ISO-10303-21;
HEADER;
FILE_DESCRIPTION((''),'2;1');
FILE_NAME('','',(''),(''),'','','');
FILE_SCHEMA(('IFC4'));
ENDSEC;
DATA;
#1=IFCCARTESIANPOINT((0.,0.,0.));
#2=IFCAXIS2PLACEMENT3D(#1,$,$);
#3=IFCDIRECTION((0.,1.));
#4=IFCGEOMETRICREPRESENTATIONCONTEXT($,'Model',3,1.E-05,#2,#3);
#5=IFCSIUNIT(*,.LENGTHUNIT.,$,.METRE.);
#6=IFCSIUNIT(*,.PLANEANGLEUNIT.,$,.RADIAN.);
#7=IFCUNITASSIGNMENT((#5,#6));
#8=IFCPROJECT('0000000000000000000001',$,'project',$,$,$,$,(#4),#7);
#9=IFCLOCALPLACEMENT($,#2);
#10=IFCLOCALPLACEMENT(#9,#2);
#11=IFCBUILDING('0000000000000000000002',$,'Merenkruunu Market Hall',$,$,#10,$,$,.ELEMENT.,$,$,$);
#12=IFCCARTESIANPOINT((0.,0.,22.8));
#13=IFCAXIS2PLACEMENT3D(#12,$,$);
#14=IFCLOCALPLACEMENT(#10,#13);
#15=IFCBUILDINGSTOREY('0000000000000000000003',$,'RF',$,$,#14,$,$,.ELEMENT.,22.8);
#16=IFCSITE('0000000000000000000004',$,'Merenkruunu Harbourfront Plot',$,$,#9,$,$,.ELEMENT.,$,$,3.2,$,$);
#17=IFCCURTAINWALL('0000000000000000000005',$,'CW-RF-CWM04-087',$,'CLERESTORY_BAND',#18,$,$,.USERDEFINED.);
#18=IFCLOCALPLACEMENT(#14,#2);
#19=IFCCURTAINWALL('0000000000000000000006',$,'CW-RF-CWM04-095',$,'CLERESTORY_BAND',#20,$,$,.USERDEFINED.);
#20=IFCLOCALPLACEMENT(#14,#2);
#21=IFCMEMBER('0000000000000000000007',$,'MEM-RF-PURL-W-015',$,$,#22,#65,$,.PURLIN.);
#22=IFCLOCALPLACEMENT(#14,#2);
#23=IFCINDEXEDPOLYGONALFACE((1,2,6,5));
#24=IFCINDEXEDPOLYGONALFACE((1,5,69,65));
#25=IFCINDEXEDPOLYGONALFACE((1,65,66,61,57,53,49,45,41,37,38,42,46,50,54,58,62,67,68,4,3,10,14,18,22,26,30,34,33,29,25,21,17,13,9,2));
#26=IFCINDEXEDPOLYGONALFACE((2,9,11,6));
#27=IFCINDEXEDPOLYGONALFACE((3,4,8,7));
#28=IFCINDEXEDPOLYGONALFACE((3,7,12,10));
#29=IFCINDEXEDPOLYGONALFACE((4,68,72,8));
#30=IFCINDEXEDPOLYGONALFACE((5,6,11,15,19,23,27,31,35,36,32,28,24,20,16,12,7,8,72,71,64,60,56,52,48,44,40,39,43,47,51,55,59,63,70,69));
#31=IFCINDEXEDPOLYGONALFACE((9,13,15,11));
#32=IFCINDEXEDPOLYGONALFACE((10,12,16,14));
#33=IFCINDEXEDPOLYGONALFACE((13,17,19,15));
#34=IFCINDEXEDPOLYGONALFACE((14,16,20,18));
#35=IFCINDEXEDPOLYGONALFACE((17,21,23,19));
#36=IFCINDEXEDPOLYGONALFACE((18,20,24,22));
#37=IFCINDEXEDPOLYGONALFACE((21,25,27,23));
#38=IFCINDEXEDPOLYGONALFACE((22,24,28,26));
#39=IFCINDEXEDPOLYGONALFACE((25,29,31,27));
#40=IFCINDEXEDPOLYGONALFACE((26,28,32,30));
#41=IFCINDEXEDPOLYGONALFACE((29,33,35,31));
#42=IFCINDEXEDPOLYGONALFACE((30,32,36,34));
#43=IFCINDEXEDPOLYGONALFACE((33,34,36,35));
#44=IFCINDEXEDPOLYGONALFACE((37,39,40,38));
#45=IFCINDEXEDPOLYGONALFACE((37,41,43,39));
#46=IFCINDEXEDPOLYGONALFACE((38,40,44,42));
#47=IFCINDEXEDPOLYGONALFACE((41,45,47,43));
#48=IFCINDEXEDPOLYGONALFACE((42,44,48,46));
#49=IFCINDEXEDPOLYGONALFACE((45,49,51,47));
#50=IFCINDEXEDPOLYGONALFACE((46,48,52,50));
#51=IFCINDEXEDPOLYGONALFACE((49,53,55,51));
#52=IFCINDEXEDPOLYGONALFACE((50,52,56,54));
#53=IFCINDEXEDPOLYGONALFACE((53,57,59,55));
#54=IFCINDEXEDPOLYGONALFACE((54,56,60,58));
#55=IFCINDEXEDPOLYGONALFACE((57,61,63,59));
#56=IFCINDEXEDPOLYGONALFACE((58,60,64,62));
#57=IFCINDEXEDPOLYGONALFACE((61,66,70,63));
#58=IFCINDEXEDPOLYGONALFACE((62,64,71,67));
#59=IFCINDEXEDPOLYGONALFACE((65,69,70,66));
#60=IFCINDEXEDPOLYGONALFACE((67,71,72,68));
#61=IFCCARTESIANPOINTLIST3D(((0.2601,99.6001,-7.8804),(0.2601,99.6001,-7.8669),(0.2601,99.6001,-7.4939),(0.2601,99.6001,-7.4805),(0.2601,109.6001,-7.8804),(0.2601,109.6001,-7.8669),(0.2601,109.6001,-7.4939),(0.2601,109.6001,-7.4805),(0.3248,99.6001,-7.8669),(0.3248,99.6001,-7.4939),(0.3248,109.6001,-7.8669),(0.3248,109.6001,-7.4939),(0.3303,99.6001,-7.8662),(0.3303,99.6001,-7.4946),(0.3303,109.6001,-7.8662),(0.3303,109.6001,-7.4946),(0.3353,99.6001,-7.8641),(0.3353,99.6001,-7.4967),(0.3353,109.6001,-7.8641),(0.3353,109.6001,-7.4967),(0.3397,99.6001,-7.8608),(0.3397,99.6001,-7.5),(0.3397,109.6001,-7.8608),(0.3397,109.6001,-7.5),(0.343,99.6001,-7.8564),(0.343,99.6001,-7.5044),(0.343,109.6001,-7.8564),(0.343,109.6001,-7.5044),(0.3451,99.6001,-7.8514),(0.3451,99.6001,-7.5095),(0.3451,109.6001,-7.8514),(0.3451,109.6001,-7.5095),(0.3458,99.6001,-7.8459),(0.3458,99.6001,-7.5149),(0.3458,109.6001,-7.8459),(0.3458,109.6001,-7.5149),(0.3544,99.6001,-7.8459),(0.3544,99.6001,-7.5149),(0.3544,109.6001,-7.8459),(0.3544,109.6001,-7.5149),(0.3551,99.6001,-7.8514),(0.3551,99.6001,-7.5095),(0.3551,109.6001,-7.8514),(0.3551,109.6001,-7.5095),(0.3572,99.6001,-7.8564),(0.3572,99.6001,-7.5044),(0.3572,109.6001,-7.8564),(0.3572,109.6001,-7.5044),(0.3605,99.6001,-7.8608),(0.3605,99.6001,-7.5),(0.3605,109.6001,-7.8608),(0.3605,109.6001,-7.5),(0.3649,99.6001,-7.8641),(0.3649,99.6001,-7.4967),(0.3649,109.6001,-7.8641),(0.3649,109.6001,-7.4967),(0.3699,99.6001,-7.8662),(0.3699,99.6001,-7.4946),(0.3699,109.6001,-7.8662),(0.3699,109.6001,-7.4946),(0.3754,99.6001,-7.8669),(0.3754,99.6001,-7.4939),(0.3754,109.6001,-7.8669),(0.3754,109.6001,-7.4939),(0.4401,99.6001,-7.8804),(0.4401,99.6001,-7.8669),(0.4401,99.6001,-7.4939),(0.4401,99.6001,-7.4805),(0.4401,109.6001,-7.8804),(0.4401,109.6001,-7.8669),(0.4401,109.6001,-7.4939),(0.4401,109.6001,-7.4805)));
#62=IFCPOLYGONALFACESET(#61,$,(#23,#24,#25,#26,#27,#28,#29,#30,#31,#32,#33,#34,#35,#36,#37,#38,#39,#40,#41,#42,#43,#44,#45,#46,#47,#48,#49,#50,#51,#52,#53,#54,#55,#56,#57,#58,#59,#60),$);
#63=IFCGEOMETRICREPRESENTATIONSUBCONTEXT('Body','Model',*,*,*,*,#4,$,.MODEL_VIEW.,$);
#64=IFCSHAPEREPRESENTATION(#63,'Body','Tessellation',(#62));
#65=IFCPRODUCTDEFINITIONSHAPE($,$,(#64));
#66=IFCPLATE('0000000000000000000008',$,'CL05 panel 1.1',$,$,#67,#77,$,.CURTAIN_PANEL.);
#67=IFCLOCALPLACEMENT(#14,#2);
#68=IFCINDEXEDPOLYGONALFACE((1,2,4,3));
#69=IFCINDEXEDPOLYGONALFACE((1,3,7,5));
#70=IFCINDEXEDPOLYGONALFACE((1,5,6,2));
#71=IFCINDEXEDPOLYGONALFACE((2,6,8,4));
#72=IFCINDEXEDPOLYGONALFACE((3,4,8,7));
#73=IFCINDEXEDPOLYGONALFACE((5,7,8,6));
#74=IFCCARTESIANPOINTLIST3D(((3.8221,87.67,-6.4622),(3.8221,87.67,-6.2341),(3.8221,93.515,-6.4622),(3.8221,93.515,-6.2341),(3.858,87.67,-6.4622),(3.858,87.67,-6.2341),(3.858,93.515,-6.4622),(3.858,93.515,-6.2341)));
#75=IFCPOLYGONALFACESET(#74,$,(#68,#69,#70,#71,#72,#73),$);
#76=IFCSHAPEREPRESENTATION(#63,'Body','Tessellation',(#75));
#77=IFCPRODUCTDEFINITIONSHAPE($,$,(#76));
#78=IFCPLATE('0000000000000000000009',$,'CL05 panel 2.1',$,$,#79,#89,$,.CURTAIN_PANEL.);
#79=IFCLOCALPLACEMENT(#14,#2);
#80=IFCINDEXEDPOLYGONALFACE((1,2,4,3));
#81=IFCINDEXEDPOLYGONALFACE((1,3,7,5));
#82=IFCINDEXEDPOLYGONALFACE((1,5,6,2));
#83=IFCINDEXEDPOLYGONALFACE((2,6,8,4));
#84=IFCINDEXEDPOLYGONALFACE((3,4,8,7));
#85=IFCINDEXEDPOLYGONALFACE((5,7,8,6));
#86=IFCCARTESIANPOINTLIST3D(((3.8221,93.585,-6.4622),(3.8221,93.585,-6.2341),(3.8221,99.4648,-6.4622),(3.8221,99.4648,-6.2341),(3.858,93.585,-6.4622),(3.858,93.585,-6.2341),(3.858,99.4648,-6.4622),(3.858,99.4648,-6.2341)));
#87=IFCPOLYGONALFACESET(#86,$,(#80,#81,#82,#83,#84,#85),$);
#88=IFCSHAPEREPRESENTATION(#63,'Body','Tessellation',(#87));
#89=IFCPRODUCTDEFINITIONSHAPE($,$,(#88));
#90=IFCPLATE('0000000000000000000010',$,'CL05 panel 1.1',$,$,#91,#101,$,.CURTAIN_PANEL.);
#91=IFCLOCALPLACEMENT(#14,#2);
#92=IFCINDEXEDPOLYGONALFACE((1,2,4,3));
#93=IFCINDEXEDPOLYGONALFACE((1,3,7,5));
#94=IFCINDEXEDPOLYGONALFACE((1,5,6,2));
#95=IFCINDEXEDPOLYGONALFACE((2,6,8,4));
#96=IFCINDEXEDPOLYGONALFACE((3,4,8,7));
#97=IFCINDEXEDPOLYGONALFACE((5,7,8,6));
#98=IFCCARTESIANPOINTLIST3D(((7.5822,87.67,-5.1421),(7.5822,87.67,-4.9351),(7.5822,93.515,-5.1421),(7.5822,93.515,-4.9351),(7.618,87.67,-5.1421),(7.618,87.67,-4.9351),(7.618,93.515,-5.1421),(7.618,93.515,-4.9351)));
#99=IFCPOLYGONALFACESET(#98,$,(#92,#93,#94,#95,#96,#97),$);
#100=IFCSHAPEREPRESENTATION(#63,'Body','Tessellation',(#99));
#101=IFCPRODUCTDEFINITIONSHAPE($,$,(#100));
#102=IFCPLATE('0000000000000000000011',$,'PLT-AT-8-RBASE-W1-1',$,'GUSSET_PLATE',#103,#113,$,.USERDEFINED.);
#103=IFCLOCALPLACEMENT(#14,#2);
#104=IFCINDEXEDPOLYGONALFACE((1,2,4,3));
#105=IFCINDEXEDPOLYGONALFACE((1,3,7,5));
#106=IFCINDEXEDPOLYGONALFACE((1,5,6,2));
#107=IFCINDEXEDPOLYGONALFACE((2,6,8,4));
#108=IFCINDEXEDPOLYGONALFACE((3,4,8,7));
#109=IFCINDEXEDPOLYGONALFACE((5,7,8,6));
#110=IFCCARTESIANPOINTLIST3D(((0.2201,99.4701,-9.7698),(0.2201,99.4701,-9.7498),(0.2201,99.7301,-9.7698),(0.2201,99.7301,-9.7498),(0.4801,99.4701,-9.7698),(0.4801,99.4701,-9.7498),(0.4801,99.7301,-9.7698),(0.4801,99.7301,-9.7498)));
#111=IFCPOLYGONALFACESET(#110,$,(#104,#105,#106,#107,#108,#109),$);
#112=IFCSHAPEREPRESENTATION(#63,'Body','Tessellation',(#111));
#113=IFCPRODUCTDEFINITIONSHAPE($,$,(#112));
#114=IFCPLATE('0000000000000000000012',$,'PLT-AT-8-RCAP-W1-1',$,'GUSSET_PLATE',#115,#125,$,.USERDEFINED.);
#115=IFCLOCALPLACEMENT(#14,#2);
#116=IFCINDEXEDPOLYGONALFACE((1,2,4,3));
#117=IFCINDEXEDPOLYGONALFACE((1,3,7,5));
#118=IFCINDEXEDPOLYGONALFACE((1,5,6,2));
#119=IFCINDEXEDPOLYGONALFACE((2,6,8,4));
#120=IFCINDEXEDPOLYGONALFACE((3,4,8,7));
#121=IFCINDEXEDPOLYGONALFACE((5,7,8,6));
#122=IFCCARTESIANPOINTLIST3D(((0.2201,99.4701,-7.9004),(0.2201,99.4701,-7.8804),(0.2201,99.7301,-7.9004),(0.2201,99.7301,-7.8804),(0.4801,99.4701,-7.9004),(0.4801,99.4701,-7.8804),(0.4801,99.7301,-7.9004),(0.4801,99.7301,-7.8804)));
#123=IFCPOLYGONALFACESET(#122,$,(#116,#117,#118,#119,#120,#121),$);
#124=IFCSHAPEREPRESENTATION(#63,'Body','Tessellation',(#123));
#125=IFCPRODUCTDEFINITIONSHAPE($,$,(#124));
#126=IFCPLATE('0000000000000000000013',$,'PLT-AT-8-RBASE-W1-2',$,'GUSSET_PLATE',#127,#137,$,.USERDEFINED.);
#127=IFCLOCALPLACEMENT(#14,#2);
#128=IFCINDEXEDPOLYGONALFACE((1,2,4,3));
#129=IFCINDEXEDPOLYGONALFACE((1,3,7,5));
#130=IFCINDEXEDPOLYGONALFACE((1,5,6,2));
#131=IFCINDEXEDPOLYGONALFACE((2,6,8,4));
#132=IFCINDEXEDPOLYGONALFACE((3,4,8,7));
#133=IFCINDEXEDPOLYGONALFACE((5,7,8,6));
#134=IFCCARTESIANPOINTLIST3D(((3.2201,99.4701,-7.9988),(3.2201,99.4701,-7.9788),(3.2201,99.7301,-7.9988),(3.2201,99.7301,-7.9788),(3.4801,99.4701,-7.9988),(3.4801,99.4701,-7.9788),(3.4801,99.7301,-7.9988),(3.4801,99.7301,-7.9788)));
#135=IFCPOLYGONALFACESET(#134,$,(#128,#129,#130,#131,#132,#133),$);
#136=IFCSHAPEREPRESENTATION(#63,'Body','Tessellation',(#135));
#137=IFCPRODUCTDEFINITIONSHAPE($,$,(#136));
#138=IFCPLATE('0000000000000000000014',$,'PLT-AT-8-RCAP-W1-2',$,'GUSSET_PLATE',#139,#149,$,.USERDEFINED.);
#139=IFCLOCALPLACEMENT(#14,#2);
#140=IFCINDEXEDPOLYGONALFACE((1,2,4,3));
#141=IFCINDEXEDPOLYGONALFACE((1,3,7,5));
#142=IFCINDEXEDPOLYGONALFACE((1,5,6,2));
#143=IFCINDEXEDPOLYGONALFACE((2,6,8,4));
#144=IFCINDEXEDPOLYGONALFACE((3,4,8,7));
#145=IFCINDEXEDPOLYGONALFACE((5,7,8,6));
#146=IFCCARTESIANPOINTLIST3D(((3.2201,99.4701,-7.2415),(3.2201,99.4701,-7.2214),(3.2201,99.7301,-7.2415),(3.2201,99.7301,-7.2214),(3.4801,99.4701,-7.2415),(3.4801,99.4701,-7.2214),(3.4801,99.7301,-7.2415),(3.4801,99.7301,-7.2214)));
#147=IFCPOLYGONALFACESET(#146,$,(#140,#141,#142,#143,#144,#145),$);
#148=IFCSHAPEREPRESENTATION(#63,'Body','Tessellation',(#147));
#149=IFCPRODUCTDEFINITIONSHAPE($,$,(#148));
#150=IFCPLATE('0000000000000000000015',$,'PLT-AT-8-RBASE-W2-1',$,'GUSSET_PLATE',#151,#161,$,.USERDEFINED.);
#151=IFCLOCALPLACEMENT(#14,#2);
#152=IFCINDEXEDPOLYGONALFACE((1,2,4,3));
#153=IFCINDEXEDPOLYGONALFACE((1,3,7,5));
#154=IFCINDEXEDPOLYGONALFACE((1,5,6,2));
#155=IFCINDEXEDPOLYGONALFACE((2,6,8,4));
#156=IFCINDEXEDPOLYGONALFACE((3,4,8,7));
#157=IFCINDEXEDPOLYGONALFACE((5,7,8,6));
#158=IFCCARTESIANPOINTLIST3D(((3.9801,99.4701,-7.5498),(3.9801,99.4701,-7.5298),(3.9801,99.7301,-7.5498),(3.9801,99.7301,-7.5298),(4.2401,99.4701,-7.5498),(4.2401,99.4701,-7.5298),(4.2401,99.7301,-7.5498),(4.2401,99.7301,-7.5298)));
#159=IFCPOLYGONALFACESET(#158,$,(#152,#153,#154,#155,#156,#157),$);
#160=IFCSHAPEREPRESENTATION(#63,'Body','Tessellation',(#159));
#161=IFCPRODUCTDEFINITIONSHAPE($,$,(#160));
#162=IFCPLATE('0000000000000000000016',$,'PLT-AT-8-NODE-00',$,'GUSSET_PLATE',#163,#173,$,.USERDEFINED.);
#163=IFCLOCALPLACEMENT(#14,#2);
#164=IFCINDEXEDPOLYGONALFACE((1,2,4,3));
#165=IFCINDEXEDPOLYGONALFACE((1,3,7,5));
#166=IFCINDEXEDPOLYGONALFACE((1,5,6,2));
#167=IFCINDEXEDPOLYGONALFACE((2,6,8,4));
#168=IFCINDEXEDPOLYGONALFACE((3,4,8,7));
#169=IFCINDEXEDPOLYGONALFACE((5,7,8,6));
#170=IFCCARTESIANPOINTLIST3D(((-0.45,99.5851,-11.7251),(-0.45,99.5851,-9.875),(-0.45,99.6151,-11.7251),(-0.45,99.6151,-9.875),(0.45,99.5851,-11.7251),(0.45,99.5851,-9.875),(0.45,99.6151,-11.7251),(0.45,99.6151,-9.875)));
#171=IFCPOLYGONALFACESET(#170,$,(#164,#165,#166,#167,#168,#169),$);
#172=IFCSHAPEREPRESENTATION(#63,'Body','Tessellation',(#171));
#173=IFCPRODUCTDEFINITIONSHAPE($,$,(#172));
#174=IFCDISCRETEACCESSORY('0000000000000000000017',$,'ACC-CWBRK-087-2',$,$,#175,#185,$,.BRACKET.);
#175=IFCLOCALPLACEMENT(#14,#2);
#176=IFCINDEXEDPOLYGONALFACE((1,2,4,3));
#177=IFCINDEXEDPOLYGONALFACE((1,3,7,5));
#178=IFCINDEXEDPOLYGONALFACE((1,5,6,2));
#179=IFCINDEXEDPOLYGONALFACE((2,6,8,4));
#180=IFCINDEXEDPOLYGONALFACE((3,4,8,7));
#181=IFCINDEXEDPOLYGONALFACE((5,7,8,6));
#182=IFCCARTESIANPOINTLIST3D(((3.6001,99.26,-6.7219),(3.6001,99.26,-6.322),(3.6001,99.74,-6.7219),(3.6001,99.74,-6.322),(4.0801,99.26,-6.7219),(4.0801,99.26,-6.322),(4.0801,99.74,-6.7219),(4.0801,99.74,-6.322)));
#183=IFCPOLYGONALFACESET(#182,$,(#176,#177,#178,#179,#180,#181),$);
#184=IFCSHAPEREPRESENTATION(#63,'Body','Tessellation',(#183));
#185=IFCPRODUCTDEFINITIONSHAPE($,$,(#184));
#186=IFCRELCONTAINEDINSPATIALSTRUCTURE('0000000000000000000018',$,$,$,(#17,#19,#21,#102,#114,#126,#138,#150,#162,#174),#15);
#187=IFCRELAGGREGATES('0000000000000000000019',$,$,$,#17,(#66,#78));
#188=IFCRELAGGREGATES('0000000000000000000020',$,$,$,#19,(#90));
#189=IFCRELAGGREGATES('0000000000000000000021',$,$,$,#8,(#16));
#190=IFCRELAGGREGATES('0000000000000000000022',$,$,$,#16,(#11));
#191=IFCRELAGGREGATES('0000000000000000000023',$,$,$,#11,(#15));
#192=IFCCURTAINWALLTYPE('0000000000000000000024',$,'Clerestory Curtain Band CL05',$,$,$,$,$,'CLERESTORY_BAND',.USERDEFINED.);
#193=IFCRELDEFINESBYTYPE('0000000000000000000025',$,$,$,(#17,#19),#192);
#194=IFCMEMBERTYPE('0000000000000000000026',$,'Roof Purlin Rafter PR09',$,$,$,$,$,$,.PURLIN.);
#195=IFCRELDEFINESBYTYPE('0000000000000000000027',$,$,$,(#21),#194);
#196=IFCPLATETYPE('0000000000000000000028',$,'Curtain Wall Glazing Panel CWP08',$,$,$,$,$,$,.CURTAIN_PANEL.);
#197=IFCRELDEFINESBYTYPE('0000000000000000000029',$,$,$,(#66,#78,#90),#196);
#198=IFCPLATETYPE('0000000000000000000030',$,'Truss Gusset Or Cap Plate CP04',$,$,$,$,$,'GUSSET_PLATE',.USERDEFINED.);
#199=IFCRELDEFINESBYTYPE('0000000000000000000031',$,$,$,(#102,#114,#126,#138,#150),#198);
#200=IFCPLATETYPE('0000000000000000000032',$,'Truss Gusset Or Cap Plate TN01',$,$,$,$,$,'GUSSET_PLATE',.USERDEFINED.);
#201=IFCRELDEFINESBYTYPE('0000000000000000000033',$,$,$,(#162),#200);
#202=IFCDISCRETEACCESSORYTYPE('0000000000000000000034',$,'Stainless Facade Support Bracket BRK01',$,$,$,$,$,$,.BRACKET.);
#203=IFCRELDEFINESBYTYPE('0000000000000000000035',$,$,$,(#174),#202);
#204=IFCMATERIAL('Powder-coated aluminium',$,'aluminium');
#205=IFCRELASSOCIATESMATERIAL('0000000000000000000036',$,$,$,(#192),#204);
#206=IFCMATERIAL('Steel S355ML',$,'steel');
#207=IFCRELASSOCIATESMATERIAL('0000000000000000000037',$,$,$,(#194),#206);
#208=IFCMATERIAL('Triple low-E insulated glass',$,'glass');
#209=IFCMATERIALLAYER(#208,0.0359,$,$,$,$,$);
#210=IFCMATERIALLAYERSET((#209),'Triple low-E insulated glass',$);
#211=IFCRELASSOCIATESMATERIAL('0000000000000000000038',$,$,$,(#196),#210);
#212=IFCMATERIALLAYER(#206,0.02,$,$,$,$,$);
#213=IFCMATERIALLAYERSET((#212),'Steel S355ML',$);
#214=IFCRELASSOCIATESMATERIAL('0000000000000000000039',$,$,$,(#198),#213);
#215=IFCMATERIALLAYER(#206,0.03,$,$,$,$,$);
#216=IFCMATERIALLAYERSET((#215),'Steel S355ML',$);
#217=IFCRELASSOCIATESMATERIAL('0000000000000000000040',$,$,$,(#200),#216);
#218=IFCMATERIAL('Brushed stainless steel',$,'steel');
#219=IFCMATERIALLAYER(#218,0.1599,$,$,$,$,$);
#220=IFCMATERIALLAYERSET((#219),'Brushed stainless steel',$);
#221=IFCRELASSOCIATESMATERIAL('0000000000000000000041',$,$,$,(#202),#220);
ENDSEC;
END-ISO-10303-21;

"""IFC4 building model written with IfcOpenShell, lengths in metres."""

from ifc_helpers import new_model, si_unit, direction, frame, origin, origin_2d, place, context, subcontext, project, spatial, rectangle, i_section, extrude, material, layer, layer_set, material_profile, profile_set, type_object, element, aggregate, save


model = new_model("IFC4")

# Units and contexts
model_context = context("Model", 3, precision=1e-05, world=origin(), true_north=direction((0.0, 1.0)))
body_context = subcontext(model_context, "Body", "Model", "MODEL_VIEW")
ifc_project = project(units=[si_unit("LENGTHUNIT", "METRE"), si_unit("PLANEANGLEUNIT", "RADIAN")], contexts=[model_context])

# Site, building, storey
site_placement = place(None, origin())
site = spatial("IfcSite", under=ifc_project, at=site_placement, Name="Merenkruunu Harbourfront Plot", CompositionType="ELEMENT", RefElevation=3.2)
building_placement = place(site_placement, origin())
building = spatial("IfcBuilding", under=site, at=building_placement, Name="Merenkruunu Market Hall", CompositionType="ELEMENT")
storey_placement = place(building_placement, frame((0.0, 0.0, 22.8)))
storey = spatial("IfcBuildingStorey", under=building, at=storey_placement, Name="RF", CompositionType="ELEMENT", Elevation=22.8)

# Shared definitions
ifc_material_1 = material(Name="Steel S355ML", Category="steel")

# Curtain wall
ifc_material_2 = material(Name="Powder-coated aluminium", Category="aluminium")
curtain_wall_type = type_object("IfcCurtainWallType", Name="Clerestory Curtain Band CL05", ElementType="CLERESTORY_BAND", PredefinedType="USERDEFINED", material=ifc_material_2)
curtain_wall_1_placement = place(storey_placement, origin())
curtain_wall_1 = element("IfcCurtainWall", 1, at=curtain_wall_1_placement, inside=storey, type_object=curtain_wall_type, Name="CW-RF-CWM04-087", ObjectType="CLERESTORY_BAND", PredefinedType="USERDEFINED")

# Curtain wall
curtain_wall_2_placement = place(storey_placement, origin())
curtain_wall_2 = element("IfcCurtainWall", 2, at=curtain_wall_2_placement, inside=storey, type_object=curtain_wall_type, Name="CW-RF-CWM04-095", ObjectType="CLERESTORY_BAND", PredefinedType="USERDEFINED")

# Member
ifc_material_profile_1 = material_profile(ifc_material_1, i_section(OverallWidth=0.1799, OverallDepth=0.3999, WebThickness=0.0085, FlangeThickness=0.0134, FilletRadius=0.021, at=origin_2d()), Name="IPE 400")
ifc_profile_set_1 = profile_set([ifc_material_profile_1], Name="Steel S355ML")
member_type_1 = type_object("IfcMemberType", Name="Roof Purlin Rafter PR09", PredefinedType="PURLIN", material=ifc_profile_set_1)
member_1_placement = place(storey_placement, frame((0.3501, 99.6001, -7.6804), z_axis=(0.0, 1.0, 0.0), x_axis=(-1.0, 0.0, 0.0)))
element("IfcMember", 3, at=member_1_placement, inside=storey, type_object=member_type_1, Name="MEM-RF-PURL-W-015", PredefinedType="PURLIN", context=body_context, shape_type="SweptSolid", body=[
    extrude(i_section(OverallWidth=0.1799, OverallDepth=0.3999, WebThickness=0.0085, FlangeThickness=0.0134, FilletRadius=0.021, at=origin_2d()), origin(), (0.0, 0.0, 1.0), 10.0),
])

# Plates
ifc_material_3 = material(Name="Triple low-E insulated glass", Category="glass")
ifc_layer_1 = layer(ifc_material_3, 0.0359)
ifc_layer_set_1 = layer_set([ifc_layer_1], Name="Triple low-E insulated glass")
plate_type_1 = type_object("IfcPlateType", Name="Curtain Wall Glazing Panel CWP08", PredefinedType="CURTAIN_PANEL", material=ifc_layer_set_1)
plate_1_placement = place(storey_placement, frame((3.8401, 90.5925, -6.4622), z_axis=(0.0, 0.0, 1.0), x_axis=(0.0, 1.0, 0.0)))
plate_1 = element("IfcPlate", 4, at=plate_1_placement, type_object=plate_type_1, Name="CL05 panel 1.1", PredefinedType="CURTAIN_PANEL", context=body_context, shape_type="SweptSolid", body=[
    extrude(rectangle(XDim=5.845, YDim=0.0359, at=origin_2d()), origin(), (0.0, 0.0, 1.0), 0.228),
])
plate_2_placement = place(storey_placement, frame((3.8401, 96.5249, -6.4622), z_axis=(0.0, 0.0, 1.0), x_axis=(0.0, 1.0, 0.0)))
plate_2 = element("IfcPlate", 5, at=plate_2_placement, type_object=plate_type_1, Name="CL05 panel 2.1", PredefinedType="CURTAIN_PANEL", context=body_context, shape_type="SweptSolid", body=[
    extrude(rectangle(XDim=5.8799, YDim=0.0359, at=origin_2d()), origin(), (0.0, 0.0, 1.0), 0.228),
])
aggregate(curtain_wall_1, [plate_1, plate_2])
plate_3_placement = place(storey_placement, frame((7.6001, 90.5925, -5.1421), z_axis=(0.0, 0.0, 1.0), x_axis=(0.0, 1.0, 0.0)))
plate_3 = element("IfcPlate", 6, at=plate_3_placement, type_object=plate_type_1, Name="CL05 panel 1.1", PredefinedType="CURTAIN_PANEL", context=body_context, shape_type="SweptSolid", body=[
    extrude(rectangle(XDim=5.845, YDim=0.0359, at=origin_2d()), origin(), (0.0, 0.0, 1.0), 0.207),
])
aggregate(curtain_wall_2, [plate_3])

# Plates
ifc_layer_2 = layer(ifc_material_1, 0.02)
ifc_layer_set_2 = layer_set([ifc_layer_2], Name="Steel S355ML")
plate_type_2 = type_object("IfcPlateType", Name="Truss Gusset Or Cap Plate CP04", ElementType="GUSSET_PLATE", PredefinedType="USERDEFINED", material=ifc_layer_set_2)
for number, where, z_axis, x_axis, name in (
    (7, (0.3501, 99.6001, -9.7698), (0.0, 0.0, 1.0), (1.0, 0.0, 0.0), "PLT-AT-8-RBASE-W1-1"),
    (8, (0.3501, 99.6001, -7.9004), (0.0, 0.0, 1.0), (1.0, 0.0, 0.0), "PLT-AT-8-RCAP-W1-1"),
    (9, (3.3501, 99.6001, -7.9988), (0.0, 0.0, 1.0), (1.0, 0.0, 0.0), "PLT-AT-8-RBASE-W1-2"),
    (10, (3.3501, 99.6001, -7.2415), (0.0, 0.0, 1.0), (1.0, 0.0, 0.0), "PLT-AT-8-RCAP-W1-2"),
    (11, (4.1101, 99.6001, -7.5498), (0.0, 0.0, 1.0), (1.0, 0.0, 0.0), "PLT-AT-8-RBASE-W2-1"),
):
    element("IfcPlate", number, at=place(storey_placement, frame(where, z_axis=z_axis, x_axis=x_axis)), inside=storey, type_object=plate_type_2, Name=name, ObjectType="GUSSET_PLATE", PredefinedType="USERDEFINED", context=body_context, shape_type="SweptSolid", body=[
        extrude(rectangle(XDim=0.26, YDim=0.26, at=origin_2d()), origin(), (0.0, 0.0, 1.0), 0.02),
    ])
ifc_layer_3 = layer(ifc_material_1, 0.03)
ifc_layer_set_3 = layer_set([ifc_layer_3], Name="Steel S355ML")
plate_type_3 = type_object("IfcPlateType", Name="Truss Gusset Or Cap Plate TN01", ElementType="GUSSET_PLATE", PredefinedType="USERDEFINED", material=ifc_layer_set_3)
plate_4_placement = place(storey_placement, frame((0.0, 99.6001, -11.7251), z_axis=(0.0, 0.0, 1.0), x_axis=(1.0, 0.0, 0.0)))
element("IfcPlate", 12, at=plate_4_placement, inside=storey, type_object=plate_type_3, Name="PLT-AT-8-NODE-00", ObjectType="GUSSET_PLATE", PredefinedType="USERDEFINED", context=body_context, shape_type="SweptSolid", body=[
    extrude(rectangle(XDim=0.8999, YDim=0.03, at=origin_2d()), origin(), (0.0, 0.0, 1.0), 1.8501),
])

# Discrete accessory
ifc_material_4 = material(Name="Brushed stainless steel", Category="steel")
ifc_layer_4 = layer(ifc_material_4, 0.1599)
ifc_layer_set_4 = layer_set([ifc_layer_4], Name="Brushed stainless steel")
discrete_accessory_type = type_object("IfcDiscreteAccessoryType", Name="Stainless Facade Support Bracket BRK01", PredefinedType="BRACKET", material=ifc_layer_set_4)
discrete_accessory_placement = place(storey_placement, frame((3.8401, 99.5, -6.7219), z_axis=(0.0, 0.0, 1.0), x_axis=(1.0, 0.0, 0.0)))
element("IfcDiscreteAccessory", 13, at=discrete_accessory_placement, inside=storey, type_object=discrete_accessory_type, Name="ACC-CWBRK-087-2", PredefinedType="BRACKET", context=body_context, shape_type="SweptSolid", body=[
    extrude(rectangle(XDim=0.48, YDim=0.48, at=origin_2d()), origin(), (0.0, 0.0, 1.0), 0.3999),
])

save(model, "model.ifc")
